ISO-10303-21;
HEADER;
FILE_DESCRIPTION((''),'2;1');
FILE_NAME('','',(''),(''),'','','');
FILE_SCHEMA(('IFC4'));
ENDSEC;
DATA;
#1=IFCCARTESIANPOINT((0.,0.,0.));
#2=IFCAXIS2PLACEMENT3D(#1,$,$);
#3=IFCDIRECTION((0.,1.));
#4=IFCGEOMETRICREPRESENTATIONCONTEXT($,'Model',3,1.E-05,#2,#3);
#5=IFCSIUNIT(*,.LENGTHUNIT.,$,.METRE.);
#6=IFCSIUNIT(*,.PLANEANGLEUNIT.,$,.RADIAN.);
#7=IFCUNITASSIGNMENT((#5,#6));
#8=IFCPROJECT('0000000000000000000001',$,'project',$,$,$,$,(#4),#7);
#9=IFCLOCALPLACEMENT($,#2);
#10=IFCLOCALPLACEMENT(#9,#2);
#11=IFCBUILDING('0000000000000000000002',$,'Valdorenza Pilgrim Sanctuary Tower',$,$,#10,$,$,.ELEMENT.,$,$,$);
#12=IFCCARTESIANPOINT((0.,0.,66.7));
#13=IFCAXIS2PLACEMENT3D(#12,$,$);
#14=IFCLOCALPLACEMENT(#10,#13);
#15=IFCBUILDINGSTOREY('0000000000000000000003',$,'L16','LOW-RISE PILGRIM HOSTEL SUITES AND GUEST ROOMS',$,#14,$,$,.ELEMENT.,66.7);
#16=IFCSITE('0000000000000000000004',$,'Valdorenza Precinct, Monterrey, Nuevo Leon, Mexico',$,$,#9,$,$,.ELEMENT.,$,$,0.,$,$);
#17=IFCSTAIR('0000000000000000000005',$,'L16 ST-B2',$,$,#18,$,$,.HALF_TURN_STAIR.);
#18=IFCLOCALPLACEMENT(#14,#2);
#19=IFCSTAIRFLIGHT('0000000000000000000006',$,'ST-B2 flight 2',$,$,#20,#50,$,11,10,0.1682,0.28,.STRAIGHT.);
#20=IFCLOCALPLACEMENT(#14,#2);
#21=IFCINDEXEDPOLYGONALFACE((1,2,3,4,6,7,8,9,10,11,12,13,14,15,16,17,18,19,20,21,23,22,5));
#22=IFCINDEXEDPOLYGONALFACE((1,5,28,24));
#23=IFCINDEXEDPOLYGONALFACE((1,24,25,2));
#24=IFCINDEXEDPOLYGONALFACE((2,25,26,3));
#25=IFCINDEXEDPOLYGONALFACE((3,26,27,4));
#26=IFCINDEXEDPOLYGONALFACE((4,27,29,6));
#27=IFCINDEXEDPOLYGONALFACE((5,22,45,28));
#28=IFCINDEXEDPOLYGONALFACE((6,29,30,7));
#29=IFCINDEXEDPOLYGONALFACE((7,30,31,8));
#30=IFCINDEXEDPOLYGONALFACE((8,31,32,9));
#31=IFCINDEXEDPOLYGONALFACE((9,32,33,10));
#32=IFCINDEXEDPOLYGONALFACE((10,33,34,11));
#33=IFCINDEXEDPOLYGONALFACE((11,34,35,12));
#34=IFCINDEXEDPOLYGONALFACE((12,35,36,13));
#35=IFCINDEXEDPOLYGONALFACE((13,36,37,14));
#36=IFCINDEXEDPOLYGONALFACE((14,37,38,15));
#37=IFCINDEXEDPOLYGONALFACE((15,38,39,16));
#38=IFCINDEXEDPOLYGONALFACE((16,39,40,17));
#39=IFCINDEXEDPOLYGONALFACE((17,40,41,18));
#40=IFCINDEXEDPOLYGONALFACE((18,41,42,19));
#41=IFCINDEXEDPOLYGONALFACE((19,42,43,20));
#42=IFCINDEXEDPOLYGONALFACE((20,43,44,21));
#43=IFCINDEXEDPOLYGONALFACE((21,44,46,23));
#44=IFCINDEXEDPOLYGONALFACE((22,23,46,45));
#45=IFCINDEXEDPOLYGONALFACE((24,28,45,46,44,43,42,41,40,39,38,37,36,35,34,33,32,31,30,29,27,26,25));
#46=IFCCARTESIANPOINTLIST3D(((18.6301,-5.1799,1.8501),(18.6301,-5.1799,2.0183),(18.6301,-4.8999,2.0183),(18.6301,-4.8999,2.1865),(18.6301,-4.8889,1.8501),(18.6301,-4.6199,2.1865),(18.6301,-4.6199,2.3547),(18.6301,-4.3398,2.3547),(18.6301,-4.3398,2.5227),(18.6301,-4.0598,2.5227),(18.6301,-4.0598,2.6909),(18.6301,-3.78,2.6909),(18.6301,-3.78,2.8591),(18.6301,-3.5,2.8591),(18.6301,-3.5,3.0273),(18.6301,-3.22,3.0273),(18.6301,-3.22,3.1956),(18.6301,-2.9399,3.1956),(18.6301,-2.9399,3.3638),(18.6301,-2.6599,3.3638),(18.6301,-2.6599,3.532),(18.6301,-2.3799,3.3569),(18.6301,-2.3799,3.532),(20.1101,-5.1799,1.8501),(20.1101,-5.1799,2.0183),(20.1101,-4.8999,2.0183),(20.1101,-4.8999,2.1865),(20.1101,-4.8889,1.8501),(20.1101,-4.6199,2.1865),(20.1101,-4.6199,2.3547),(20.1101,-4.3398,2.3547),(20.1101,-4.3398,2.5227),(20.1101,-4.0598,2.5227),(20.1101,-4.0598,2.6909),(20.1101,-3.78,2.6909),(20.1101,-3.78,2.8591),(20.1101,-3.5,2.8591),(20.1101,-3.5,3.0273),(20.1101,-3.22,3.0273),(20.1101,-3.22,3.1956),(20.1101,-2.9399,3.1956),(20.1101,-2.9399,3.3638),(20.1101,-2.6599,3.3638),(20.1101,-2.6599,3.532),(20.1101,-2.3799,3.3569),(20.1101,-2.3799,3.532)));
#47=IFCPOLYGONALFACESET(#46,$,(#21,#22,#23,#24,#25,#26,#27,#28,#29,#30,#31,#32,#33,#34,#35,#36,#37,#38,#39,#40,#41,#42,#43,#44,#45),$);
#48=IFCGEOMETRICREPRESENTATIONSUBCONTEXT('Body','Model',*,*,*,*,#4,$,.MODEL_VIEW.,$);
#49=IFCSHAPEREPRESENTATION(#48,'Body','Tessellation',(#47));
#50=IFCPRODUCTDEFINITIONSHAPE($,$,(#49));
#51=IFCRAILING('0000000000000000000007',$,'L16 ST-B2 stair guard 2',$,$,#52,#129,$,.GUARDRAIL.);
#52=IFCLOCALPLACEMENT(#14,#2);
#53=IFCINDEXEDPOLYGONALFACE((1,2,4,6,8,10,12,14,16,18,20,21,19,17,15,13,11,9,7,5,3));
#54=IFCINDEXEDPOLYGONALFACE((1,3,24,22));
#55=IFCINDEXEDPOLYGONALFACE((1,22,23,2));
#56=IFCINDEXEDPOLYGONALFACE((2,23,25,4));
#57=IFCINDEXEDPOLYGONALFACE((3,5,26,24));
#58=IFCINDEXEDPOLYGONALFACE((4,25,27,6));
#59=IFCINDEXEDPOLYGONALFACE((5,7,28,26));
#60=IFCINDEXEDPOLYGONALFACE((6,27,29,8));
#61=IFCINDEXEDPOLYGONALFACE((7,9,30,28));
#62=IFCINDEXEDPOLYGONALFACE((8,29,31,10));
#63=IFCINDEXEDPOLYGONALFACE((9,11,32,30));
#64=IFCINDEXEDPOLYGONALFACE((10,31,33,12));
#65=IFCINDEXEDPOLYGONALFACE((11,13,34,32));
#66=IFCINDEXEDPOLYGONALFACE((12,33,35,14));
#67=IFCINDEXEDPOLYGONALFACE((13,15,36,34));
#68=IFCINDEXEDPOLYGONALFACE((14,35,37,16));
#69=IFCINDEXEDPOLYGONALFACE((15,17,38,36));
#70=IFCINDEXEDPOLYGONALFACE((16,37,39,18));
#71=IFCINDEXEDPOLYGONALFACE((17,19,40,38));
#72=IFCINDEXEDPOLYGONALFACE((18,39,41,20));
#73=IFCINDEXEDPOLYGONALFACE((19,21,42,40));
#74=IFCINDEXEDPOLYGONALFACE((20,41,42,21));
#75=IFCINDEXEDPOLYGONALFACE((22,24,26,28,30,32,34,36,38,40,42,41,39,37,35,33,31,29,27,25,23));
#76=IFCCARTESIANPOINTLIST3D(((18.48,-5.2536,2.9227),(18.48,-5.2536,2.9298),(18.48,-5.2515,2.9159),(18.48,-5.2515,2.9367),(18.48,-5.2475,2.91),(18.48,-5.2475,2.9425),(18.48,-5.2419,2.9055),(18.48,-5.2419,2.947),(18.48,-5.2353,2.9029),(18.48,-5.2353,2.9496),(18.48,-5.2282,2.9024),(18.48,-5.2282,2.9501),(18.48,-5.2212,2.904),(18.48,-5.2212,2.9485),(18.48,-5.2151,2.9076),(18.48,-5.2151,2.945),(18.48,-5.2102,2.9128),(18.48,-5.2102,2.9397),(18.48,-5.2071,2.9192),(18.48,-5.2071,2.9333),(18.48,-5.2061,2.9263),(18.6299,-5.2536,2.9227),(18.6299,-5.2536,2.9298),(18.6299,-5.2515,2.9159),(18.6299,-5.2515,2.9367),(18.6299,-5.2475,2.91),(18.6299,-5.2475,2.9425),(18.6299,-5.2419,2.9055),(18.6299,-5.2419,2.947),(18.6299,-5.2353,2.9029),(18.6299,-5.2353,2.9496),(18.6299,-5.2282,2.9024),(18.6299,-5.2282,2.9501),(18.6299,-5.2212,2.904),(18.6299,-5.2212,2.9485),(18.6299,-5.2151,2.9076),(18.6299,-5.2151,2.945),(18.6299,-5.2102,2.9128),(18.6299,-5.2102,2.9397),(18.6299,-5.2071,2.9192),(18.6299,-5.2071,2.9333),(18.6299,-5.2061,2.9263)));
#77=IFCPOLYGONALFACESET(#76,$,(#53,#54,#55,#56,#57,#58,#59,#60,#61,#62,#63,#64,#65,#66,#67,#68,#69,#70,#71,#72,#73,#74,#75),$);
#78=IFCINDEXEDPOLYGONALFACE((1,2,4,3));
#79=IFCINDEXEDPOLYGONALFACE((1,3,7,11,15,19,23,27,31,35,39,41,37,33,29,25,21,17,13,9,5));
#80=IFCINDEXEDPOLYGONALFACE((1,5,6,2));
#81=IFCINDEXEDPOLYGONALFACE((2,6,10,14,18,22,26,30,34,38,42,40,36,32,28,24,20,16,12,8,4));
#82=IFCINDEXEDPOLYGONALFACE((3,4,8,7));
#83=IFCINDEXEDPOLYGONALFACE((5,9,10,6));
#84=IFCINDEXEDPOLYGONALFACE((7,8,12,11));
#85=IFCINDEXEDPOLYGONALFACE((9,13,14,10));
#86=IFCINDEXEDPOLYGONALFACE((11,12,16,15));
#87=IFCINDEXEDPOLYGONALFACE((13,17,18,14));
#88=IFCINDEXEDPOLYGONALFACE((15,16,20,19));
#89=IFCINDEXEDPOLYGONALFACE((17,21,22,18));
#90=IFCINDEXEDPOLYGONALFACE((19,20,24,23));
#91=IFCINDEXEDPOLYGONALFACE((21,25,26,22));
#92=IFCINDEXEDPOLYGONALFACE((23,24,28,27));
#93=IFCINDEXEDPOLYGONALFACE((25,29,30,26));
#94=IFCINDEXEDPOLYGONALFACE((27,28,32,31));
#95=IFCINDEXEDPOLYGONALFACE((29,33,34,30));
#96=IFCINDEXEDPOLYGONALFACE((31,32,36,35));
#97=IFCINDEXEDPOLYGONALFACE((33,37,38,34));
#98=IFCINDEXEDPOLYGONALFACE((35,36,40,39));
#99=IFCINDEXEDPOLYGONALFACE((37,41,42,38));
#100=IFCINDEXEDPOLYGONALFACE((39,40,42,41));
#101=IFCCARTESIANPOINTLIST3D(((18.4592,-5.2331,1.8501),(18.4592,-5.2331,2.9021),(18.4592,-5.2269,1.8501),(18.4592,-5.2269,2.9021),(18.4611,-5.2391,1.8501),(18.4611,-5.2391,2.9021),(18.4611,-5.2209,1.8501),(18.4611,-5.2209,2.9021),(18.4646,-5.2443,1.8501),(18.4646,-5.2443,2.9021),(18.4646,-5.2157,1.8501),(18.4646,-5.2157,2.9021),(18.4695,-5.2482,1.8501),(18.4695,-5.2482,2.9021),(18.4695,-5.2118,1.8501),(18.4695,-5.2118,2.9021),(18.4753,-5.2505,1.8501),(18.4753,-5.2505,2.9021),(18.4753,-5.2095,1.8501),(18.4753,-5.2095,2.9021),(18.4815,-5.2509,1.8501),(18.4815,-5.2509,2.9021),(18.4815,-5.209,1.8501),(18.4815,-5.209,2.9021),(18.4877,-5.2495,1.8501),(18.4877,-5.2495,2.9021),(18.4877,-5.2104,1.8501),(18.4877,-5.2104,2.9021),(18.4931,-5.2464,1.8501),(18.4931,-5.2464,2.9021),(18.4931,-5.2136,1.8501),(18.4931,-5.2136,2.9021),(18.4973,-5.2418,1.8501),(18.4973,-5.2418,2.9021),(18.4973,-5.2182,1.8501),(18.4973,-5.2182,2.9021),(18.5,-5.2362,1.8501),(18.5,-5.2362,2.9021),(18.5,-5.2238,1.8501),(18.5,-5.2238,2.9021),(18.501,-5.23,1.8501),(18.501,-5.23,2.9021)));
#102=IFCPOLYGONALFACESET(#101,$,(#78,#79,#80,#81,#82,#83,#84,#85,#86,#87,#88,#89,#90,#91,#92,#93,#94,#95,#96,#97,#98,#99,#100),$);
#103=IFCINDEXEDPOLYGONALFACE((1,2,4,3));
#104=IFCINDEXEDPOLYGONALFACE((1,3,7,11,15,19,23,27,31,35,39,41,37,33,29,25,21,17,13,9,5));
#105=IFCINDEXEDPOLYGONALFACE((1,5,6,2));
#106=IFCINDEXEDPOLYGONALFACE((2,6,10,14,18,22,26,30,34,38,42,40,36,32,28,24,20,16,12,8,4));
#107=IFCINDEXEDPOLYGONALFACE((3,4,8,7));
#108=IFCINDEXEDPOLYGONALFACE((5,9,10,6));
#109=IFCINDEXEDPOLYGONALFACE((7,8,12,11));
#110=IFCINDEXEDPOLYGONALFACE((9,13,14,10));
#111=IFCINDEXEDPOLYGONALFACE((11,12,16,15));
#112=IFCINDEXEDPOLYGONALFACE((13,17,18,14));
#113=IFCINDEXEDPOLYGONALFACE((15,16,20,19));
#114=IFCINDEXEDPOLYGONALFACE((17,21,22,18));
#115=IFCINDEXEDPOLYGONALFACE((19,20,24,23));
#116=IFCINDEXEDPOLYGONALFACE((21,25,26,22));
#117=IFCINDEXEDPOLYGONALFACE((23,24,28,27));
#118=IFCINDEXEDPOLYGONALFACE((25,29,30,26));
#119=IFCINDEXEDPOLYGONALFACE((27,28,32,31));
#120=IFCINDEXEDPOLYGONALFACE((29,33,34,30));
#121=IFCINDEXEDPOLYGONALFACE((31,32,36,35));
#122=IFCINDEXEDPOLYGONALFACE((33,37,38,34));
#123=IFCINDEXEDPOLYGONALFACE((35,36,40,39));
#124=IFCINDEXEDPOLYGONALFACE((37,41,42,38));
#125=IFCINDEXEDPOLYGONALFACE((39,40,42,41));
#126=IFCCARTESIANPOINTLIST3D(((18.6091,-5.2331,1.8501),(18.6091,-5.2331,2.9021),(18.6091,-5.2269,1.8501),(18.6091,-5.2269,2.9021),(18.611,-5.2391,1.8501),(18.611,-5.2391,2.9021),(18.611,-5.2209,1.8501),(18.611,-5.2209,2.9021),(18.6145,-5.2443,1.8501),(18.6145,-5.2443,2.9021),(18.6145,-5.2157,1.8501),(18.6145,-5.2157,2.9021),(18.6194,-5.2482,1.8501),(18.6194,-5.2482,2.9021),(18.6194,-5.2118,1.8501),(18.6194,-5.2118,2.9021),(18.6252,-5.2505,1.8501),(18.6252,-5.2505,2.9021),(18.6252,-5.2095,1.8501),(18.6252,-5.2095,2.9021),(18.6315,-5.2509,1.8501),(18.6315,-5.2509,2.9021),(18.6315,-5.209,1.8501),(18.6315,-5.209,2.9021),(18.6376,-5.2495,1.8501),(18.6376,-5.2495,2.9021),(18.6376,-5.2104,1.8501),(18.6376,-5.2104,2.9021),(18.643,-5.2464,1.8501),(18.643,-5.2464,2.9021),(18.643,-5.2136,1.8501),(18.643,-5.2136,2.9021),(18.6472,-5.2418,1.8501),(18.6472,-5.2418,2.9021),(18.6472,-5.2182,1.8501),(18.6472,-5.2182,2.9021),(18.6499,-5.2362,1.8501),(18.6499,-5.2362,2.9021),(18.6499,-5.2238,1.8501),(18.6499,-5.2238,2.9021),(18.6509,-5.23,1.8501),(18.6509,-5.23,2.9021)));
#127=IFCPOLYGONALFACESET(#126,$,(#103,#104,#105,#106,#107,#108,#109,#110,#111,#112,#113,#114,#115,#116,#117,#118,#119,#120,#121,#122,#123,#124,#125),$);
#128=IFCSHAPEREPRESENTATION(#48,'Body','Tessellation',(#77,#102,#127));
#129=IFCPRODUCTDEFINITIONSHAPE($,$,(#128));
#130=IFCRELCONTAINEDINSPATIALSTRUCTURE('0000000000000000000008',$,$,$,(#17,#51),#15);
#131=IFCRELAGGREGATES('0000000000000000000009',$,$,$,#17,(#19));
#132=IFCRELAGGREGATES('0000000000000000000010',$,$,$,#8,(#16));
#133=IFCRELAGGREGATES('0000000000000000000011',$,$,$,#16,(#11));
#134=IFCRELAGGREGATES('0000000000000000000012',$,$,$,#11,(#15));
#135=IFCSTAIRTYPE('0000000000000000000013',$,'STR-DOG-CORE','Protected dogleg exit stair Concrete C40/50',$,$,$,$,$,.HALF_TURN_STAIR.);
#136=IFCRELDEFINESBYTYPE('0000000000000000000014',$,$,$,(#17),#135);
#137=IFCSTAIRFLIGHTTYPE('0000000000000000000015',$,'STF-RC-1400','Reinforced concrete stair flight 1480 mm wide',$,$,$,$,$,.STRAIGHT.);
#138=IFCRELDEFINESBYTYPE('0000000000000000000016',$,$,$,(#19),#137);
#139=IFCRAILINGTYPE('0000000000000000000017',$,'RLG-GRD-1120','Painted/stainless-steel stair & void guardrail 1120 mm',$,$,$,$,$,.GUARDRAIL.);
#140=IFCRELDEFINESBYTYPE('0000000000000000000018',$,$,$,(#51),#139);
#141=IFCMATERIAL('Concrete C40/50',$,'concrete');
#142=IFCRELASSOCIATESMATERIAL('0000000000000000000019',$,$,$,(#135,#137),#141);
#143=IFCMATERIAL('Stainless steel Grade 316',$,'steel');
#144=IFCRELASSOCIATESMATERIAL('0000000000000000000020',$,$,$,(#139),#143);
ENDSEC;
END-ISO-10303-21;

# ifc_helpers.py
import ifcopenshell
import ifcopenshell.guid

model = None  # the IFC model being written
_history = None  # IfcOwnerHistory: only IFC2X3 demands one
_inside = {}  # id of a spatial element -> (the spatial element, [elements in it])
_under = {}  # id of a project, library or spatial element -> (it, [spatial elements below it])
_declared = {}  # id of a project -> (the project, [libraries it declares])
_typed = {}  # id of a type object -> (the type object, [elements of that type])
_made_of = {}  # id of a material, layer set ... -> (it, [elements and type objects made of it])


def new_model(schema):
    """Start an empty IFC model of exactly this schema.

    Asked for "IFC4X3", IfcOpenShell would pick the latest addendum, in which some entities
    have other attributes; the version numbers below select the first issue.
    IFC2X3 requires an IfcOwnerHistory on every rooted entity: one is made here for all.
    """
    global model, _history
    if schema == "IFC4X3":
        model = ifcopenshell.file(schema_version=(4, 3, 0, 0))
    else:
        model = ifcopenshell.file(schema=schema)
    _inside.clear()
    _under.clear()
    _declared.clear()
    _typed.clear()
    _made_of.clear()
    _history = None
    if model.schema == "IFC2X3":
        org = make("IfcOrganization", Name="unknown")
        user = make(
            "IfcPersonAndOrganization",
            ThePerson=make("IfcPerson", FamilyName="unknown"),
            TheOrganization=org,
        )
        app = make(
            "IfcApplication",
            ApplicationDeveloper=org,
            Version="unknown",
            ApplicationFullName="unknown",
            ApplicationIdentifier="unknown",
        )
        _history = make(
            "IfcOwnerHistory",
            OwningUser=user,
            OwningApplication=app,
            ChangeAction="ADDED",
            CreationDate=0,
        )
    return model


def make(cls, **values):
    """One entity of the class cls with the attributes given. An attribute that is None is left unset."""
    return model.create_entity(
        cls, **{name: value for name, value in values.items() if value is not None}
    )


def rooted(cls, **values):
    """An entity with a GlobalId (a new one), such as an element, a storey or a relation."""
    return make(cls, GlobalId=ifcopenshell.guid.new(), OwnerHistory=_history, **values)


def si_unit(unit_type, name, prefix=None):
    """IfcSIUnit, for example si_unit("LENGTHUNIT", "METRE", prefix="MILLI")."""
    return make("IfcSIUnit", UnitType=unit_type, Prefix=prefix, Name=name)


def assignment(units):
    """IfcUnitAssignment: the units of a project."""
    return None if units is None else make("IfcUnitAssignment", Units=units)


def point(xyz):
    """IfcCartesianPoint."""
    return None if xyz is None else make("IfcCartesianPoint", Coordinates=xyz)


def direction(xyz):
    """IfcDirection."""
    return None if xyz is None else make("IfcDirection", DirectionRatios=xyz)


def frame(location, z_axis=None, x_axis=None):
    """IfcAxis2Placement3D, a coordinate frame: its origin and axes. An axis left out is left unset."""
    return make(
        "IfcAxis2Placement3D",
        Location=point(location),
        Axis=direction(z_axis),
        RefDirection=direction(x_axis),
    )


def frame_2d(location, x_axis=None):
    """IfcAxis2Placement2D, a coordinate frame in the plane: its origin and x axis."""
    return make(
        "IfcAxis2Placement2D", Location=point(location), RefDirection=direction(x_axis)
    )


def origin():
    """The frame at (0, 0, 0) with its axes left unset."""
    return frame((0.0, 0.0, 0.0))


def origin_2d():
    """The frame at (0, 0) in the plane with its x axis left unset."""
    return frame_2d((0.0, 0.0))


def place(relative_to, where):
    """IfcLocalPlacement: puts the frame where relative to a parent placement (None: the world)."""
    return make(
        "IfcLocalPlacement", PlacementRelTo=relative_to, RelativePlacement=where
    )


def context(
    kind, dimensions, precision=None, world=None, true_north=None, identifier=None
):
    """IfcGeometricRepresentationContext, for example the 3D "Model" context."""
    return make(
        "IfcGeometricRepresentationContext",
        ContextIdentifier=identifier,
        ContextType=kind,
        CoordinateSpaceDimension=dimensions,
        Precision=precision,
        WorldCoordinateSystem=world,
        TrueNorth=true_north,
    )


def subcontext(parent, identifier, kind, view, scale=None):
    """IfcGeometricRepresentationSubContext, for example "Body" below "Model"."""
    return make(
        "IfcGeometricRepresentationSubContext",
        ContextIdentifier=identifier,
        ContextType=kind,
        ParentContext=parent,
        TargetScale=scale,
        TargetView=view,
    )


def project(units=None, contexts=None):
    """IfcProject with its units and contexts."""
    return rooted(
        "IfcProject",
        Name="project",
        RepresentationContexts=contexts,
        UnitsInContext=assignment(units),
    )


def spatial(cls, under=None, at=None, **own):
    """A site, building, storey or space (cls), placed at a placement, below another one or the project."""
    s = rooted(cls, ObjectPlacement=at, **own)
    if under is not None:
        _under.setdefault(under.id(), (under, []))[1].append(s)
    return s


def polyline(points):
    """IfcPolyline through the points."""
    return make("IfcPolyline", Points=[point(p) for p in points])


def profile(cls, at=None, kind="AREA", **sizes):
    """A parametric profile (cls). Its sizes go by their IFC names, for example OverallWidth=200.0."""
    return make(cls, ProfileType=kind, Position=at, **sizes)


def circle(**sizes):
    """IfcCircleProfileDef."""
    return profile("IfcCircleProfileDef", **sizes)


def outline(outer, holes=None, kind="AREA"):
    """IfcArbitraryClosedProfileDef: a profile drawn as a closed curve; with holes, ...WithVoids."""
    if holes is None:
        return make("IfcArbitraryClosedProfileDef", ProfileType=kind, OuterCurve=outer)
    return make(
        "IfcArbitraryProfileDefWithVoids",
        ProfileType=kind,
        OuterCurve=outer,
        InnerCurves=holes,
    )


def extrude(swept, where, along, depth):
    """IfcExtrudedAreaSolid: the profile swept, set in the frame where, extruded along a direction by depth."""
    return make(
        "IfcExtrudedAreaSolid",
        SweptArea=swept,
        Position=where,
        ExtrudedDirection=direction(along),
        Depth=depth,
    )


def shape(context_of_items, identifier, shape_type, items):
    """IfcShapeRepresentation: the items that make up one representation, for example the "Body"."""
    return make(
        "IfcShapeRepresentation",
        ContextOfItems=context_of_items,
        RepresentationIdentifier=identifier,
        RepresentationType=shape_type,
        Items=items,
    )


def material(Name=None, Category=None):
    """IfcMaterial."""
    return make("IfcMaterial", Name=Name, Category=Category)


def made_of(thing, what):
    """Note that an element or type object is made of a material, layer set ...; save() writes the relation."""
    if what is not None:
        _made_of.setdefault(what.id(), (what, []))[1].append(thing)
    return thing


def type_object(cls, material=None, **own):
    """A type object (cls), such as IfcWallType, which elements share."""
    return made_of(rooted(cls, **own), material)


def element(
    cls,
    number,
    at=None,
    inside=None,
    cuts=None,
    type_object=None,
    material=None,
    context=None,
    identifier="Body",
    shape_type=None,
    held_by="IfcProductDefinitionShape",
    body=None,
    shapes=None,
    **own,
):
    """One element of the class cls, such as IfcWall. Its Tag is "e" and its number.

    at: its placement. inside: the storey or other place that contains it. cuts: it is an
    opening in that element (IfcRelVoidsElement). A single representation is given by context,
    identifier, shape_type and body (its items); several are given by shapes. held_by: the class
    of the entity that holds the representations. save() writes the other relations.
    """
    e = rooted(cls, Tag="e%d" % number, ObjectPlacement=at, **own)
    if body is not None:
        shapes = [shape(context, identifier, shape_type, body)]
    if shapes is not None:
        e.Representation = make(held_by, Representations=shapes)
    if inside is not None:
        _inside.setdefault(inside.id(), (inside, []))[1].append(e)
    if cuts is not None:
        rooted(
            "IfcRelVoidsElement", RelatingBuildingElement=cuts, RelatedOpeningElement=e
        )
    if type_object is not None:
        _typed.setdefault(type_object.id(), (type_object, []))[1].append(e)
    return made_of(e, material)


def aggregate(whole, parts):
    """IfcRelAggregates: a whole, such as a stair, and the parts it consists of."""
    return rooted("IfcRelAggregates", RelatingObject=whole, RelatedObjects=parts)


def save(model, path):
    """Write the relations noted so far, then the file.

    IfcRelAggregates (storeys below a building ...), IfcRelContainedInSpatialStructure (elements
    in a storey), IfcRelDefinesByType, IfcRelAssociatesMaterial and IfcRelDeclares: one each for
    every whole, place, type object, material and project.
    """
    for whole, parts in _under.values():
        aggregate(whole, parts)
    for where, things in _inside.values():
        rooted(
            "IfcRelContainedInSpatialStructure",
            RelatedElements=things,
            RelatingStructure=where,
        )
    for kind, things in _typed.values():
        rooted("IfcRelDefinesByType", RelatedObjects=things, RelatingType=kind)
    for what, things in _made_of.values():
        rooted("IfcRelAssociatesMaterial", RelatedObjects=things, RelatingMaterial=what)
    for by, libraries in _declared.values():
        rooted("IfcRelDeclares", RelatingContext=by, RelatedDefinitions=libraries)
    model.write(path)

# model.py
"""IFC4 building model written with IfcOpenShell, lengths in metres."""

from ifc_helpers import new_model, si_unit, direction, frame, origin, origin_2d, place, context, subcontext, project, spatial, polyline, circle, outline, extrude, material, type_object, element, aggregate, save


model = new_model("IFC4")

# Units and contexts
model_context = context("Model", 3, precision=1e-05, world=origin(), true_north=direction((0.0, 1.0)))
body_context = subcontext(model_context, "Body", "Model", "MODEL_VIEW")
ifc_project = project(units=[si_unit("LENGTHUNIT", "METRE"), si_unit("PLANEANGLEUNIT", "RADIAN")], contexts=[model_context])

# Site, building, storey
site_placement = place(None, origin())
site = spatial("IfcSite", under=ifc_project, at=site_placement, Name="Valdorenza Precinct, Monterrey, Nuevo Leon, Mexico", CompositionType="ELEMENT", RefElevation=0.0)
building_placement = place(site_placement, origin())
building = spatial("IfcBuilding", under=site, at=building_placement, Name="Valdorenza Pilgrim Sanctuary Tower", CompositionType="ELEMENT")
storey_placement = place(building_placement, frame((0.0, 0.0, 66.7)))
storey = spatial("IfcBuildingStorey", under=building, at=storey_placement, Name="L16", Description="LOW-RISE PILGRIM HOSTEL SUITES AND GUEST ROOMS", CompositionType="ELEMENT", Elevation=66.7)

# Shared definitions
ifc_material_1 = material(Name="Concrete C40/50", Category="concrete")

# Stair, stair flight
stair_type = type_object("IfcStairType", Name="STR-DOG-CORE", Description="Protected dogleg exit stair Concrete C40/50", PredefinedType="HALF_TURN_STAIR", material=ifc_material_1)
stair_placement = place(storey_placement, origin())
stair = element("IfcStair", 1, at=stair_placement, inside=storey, type_object=stair_type, Name="L16 ST-B2", PredefinedType="HALF_TURN_STAIR")
stair_flight_type = type_object("IfcStairFlightType", Name="STF-RC-1400", Description="Reinforced concrete stair flight 1480 mm wide", PredefinedType="STRAIGHT", material=ifc_material_1)
stair_flight_placement = place(storey_placement, frame((19.3701, -5.1799, 1.8501), z_axis=(0.0, 0.0, 1.0), x_axis=(0.0, 1.0, 0.0)))
stair_flight = element("IfcStairFlight", 2, at=stair_flight_placement, type_object=stair_flight_type, Name="ST-B2 flight 2", NumberOfRisers=11, NumberOfTreads=10, PredefinedType="STRAIGHT", RiserHeight=0.1682, TreadLength=0.28, context=body_context, shape_type="SweptSolid", body=[
    extrude(outline(polyline([(0.0, 0.0), (0.0, 0.1682), (0.28, 0.1682), (0.28, 0.3364), (0.5601, 0.3364), (0.5601, 0.5046), (0.8401, 0.5046), (0.8401, 0.6726), (1.1201, 0.6726), (1.1201, 0.8408), (1.3999, 0.8408), (1.3999, 1.009), (1.6799, 1.009), (1.6799, 1.1772), (1.96, 1.1772), (1.96, 1.3455), (2.24, 1.3455), (2.24, 1.5137), (2.52, 1.5137), (2.52, 1.6819), (2.8, 1.6819), (2.8, 1.8501), (2.8, 1.5068), (0.291, 0.0), (0.0, 0.0)])), frame((0.0, 0.74, 0.0), z_axis=(0.0, -1.0, 0.0), x_axis=(1.0, 0.0, 0.0)), (0.0, 0.0, 1.0), 1.48),
])
aggregate(stair, [stair_flight])

# Railing
ifc_material_2 = material(Name="Stainless steel Grade 316", Category="steel")
railing_type_1 = type_object("IfcRailingType", Name="RLG-GRD-1120", Description="Painted/stainless-steel stair & void guardrail 1120 mm", PredefinedType="GUARDRAIL", material=ifc_material_2)
railing_1_placement = place(storey_placement, frame((18.48, -5.23, 1.8501)))
element("IfcRailing", 3, at=railing_1_placement, inside=storey, type_object=railing_type_1, Name="L16 ST-B2 stair guard 2", PredefinedType="GUARDRAIL", context=body_context, shape_type="SweptSolid", body=[
    extrude(circle(Radius=0.0239, at=origin_2d()), frame((0.0, 0.0, 1.0762), z_axis=(1.0, 0.0, 0.0), x_axis=(0.0, 1.0, 0.0)), (0.0, 0.0, 1.0), 0.1499),
    extrude(circle(Radius=0.021, at=origin_2d()), origin(), (0.0, 0.0, 1.0), 1.052),
    extrude(circle(Radius=0.021, at=origin_2d()), frame((0.1499, 0.0, 0.0)), (0.0, 0.0, 1.0), 1.052),
])

save(model, "model.ifc")
